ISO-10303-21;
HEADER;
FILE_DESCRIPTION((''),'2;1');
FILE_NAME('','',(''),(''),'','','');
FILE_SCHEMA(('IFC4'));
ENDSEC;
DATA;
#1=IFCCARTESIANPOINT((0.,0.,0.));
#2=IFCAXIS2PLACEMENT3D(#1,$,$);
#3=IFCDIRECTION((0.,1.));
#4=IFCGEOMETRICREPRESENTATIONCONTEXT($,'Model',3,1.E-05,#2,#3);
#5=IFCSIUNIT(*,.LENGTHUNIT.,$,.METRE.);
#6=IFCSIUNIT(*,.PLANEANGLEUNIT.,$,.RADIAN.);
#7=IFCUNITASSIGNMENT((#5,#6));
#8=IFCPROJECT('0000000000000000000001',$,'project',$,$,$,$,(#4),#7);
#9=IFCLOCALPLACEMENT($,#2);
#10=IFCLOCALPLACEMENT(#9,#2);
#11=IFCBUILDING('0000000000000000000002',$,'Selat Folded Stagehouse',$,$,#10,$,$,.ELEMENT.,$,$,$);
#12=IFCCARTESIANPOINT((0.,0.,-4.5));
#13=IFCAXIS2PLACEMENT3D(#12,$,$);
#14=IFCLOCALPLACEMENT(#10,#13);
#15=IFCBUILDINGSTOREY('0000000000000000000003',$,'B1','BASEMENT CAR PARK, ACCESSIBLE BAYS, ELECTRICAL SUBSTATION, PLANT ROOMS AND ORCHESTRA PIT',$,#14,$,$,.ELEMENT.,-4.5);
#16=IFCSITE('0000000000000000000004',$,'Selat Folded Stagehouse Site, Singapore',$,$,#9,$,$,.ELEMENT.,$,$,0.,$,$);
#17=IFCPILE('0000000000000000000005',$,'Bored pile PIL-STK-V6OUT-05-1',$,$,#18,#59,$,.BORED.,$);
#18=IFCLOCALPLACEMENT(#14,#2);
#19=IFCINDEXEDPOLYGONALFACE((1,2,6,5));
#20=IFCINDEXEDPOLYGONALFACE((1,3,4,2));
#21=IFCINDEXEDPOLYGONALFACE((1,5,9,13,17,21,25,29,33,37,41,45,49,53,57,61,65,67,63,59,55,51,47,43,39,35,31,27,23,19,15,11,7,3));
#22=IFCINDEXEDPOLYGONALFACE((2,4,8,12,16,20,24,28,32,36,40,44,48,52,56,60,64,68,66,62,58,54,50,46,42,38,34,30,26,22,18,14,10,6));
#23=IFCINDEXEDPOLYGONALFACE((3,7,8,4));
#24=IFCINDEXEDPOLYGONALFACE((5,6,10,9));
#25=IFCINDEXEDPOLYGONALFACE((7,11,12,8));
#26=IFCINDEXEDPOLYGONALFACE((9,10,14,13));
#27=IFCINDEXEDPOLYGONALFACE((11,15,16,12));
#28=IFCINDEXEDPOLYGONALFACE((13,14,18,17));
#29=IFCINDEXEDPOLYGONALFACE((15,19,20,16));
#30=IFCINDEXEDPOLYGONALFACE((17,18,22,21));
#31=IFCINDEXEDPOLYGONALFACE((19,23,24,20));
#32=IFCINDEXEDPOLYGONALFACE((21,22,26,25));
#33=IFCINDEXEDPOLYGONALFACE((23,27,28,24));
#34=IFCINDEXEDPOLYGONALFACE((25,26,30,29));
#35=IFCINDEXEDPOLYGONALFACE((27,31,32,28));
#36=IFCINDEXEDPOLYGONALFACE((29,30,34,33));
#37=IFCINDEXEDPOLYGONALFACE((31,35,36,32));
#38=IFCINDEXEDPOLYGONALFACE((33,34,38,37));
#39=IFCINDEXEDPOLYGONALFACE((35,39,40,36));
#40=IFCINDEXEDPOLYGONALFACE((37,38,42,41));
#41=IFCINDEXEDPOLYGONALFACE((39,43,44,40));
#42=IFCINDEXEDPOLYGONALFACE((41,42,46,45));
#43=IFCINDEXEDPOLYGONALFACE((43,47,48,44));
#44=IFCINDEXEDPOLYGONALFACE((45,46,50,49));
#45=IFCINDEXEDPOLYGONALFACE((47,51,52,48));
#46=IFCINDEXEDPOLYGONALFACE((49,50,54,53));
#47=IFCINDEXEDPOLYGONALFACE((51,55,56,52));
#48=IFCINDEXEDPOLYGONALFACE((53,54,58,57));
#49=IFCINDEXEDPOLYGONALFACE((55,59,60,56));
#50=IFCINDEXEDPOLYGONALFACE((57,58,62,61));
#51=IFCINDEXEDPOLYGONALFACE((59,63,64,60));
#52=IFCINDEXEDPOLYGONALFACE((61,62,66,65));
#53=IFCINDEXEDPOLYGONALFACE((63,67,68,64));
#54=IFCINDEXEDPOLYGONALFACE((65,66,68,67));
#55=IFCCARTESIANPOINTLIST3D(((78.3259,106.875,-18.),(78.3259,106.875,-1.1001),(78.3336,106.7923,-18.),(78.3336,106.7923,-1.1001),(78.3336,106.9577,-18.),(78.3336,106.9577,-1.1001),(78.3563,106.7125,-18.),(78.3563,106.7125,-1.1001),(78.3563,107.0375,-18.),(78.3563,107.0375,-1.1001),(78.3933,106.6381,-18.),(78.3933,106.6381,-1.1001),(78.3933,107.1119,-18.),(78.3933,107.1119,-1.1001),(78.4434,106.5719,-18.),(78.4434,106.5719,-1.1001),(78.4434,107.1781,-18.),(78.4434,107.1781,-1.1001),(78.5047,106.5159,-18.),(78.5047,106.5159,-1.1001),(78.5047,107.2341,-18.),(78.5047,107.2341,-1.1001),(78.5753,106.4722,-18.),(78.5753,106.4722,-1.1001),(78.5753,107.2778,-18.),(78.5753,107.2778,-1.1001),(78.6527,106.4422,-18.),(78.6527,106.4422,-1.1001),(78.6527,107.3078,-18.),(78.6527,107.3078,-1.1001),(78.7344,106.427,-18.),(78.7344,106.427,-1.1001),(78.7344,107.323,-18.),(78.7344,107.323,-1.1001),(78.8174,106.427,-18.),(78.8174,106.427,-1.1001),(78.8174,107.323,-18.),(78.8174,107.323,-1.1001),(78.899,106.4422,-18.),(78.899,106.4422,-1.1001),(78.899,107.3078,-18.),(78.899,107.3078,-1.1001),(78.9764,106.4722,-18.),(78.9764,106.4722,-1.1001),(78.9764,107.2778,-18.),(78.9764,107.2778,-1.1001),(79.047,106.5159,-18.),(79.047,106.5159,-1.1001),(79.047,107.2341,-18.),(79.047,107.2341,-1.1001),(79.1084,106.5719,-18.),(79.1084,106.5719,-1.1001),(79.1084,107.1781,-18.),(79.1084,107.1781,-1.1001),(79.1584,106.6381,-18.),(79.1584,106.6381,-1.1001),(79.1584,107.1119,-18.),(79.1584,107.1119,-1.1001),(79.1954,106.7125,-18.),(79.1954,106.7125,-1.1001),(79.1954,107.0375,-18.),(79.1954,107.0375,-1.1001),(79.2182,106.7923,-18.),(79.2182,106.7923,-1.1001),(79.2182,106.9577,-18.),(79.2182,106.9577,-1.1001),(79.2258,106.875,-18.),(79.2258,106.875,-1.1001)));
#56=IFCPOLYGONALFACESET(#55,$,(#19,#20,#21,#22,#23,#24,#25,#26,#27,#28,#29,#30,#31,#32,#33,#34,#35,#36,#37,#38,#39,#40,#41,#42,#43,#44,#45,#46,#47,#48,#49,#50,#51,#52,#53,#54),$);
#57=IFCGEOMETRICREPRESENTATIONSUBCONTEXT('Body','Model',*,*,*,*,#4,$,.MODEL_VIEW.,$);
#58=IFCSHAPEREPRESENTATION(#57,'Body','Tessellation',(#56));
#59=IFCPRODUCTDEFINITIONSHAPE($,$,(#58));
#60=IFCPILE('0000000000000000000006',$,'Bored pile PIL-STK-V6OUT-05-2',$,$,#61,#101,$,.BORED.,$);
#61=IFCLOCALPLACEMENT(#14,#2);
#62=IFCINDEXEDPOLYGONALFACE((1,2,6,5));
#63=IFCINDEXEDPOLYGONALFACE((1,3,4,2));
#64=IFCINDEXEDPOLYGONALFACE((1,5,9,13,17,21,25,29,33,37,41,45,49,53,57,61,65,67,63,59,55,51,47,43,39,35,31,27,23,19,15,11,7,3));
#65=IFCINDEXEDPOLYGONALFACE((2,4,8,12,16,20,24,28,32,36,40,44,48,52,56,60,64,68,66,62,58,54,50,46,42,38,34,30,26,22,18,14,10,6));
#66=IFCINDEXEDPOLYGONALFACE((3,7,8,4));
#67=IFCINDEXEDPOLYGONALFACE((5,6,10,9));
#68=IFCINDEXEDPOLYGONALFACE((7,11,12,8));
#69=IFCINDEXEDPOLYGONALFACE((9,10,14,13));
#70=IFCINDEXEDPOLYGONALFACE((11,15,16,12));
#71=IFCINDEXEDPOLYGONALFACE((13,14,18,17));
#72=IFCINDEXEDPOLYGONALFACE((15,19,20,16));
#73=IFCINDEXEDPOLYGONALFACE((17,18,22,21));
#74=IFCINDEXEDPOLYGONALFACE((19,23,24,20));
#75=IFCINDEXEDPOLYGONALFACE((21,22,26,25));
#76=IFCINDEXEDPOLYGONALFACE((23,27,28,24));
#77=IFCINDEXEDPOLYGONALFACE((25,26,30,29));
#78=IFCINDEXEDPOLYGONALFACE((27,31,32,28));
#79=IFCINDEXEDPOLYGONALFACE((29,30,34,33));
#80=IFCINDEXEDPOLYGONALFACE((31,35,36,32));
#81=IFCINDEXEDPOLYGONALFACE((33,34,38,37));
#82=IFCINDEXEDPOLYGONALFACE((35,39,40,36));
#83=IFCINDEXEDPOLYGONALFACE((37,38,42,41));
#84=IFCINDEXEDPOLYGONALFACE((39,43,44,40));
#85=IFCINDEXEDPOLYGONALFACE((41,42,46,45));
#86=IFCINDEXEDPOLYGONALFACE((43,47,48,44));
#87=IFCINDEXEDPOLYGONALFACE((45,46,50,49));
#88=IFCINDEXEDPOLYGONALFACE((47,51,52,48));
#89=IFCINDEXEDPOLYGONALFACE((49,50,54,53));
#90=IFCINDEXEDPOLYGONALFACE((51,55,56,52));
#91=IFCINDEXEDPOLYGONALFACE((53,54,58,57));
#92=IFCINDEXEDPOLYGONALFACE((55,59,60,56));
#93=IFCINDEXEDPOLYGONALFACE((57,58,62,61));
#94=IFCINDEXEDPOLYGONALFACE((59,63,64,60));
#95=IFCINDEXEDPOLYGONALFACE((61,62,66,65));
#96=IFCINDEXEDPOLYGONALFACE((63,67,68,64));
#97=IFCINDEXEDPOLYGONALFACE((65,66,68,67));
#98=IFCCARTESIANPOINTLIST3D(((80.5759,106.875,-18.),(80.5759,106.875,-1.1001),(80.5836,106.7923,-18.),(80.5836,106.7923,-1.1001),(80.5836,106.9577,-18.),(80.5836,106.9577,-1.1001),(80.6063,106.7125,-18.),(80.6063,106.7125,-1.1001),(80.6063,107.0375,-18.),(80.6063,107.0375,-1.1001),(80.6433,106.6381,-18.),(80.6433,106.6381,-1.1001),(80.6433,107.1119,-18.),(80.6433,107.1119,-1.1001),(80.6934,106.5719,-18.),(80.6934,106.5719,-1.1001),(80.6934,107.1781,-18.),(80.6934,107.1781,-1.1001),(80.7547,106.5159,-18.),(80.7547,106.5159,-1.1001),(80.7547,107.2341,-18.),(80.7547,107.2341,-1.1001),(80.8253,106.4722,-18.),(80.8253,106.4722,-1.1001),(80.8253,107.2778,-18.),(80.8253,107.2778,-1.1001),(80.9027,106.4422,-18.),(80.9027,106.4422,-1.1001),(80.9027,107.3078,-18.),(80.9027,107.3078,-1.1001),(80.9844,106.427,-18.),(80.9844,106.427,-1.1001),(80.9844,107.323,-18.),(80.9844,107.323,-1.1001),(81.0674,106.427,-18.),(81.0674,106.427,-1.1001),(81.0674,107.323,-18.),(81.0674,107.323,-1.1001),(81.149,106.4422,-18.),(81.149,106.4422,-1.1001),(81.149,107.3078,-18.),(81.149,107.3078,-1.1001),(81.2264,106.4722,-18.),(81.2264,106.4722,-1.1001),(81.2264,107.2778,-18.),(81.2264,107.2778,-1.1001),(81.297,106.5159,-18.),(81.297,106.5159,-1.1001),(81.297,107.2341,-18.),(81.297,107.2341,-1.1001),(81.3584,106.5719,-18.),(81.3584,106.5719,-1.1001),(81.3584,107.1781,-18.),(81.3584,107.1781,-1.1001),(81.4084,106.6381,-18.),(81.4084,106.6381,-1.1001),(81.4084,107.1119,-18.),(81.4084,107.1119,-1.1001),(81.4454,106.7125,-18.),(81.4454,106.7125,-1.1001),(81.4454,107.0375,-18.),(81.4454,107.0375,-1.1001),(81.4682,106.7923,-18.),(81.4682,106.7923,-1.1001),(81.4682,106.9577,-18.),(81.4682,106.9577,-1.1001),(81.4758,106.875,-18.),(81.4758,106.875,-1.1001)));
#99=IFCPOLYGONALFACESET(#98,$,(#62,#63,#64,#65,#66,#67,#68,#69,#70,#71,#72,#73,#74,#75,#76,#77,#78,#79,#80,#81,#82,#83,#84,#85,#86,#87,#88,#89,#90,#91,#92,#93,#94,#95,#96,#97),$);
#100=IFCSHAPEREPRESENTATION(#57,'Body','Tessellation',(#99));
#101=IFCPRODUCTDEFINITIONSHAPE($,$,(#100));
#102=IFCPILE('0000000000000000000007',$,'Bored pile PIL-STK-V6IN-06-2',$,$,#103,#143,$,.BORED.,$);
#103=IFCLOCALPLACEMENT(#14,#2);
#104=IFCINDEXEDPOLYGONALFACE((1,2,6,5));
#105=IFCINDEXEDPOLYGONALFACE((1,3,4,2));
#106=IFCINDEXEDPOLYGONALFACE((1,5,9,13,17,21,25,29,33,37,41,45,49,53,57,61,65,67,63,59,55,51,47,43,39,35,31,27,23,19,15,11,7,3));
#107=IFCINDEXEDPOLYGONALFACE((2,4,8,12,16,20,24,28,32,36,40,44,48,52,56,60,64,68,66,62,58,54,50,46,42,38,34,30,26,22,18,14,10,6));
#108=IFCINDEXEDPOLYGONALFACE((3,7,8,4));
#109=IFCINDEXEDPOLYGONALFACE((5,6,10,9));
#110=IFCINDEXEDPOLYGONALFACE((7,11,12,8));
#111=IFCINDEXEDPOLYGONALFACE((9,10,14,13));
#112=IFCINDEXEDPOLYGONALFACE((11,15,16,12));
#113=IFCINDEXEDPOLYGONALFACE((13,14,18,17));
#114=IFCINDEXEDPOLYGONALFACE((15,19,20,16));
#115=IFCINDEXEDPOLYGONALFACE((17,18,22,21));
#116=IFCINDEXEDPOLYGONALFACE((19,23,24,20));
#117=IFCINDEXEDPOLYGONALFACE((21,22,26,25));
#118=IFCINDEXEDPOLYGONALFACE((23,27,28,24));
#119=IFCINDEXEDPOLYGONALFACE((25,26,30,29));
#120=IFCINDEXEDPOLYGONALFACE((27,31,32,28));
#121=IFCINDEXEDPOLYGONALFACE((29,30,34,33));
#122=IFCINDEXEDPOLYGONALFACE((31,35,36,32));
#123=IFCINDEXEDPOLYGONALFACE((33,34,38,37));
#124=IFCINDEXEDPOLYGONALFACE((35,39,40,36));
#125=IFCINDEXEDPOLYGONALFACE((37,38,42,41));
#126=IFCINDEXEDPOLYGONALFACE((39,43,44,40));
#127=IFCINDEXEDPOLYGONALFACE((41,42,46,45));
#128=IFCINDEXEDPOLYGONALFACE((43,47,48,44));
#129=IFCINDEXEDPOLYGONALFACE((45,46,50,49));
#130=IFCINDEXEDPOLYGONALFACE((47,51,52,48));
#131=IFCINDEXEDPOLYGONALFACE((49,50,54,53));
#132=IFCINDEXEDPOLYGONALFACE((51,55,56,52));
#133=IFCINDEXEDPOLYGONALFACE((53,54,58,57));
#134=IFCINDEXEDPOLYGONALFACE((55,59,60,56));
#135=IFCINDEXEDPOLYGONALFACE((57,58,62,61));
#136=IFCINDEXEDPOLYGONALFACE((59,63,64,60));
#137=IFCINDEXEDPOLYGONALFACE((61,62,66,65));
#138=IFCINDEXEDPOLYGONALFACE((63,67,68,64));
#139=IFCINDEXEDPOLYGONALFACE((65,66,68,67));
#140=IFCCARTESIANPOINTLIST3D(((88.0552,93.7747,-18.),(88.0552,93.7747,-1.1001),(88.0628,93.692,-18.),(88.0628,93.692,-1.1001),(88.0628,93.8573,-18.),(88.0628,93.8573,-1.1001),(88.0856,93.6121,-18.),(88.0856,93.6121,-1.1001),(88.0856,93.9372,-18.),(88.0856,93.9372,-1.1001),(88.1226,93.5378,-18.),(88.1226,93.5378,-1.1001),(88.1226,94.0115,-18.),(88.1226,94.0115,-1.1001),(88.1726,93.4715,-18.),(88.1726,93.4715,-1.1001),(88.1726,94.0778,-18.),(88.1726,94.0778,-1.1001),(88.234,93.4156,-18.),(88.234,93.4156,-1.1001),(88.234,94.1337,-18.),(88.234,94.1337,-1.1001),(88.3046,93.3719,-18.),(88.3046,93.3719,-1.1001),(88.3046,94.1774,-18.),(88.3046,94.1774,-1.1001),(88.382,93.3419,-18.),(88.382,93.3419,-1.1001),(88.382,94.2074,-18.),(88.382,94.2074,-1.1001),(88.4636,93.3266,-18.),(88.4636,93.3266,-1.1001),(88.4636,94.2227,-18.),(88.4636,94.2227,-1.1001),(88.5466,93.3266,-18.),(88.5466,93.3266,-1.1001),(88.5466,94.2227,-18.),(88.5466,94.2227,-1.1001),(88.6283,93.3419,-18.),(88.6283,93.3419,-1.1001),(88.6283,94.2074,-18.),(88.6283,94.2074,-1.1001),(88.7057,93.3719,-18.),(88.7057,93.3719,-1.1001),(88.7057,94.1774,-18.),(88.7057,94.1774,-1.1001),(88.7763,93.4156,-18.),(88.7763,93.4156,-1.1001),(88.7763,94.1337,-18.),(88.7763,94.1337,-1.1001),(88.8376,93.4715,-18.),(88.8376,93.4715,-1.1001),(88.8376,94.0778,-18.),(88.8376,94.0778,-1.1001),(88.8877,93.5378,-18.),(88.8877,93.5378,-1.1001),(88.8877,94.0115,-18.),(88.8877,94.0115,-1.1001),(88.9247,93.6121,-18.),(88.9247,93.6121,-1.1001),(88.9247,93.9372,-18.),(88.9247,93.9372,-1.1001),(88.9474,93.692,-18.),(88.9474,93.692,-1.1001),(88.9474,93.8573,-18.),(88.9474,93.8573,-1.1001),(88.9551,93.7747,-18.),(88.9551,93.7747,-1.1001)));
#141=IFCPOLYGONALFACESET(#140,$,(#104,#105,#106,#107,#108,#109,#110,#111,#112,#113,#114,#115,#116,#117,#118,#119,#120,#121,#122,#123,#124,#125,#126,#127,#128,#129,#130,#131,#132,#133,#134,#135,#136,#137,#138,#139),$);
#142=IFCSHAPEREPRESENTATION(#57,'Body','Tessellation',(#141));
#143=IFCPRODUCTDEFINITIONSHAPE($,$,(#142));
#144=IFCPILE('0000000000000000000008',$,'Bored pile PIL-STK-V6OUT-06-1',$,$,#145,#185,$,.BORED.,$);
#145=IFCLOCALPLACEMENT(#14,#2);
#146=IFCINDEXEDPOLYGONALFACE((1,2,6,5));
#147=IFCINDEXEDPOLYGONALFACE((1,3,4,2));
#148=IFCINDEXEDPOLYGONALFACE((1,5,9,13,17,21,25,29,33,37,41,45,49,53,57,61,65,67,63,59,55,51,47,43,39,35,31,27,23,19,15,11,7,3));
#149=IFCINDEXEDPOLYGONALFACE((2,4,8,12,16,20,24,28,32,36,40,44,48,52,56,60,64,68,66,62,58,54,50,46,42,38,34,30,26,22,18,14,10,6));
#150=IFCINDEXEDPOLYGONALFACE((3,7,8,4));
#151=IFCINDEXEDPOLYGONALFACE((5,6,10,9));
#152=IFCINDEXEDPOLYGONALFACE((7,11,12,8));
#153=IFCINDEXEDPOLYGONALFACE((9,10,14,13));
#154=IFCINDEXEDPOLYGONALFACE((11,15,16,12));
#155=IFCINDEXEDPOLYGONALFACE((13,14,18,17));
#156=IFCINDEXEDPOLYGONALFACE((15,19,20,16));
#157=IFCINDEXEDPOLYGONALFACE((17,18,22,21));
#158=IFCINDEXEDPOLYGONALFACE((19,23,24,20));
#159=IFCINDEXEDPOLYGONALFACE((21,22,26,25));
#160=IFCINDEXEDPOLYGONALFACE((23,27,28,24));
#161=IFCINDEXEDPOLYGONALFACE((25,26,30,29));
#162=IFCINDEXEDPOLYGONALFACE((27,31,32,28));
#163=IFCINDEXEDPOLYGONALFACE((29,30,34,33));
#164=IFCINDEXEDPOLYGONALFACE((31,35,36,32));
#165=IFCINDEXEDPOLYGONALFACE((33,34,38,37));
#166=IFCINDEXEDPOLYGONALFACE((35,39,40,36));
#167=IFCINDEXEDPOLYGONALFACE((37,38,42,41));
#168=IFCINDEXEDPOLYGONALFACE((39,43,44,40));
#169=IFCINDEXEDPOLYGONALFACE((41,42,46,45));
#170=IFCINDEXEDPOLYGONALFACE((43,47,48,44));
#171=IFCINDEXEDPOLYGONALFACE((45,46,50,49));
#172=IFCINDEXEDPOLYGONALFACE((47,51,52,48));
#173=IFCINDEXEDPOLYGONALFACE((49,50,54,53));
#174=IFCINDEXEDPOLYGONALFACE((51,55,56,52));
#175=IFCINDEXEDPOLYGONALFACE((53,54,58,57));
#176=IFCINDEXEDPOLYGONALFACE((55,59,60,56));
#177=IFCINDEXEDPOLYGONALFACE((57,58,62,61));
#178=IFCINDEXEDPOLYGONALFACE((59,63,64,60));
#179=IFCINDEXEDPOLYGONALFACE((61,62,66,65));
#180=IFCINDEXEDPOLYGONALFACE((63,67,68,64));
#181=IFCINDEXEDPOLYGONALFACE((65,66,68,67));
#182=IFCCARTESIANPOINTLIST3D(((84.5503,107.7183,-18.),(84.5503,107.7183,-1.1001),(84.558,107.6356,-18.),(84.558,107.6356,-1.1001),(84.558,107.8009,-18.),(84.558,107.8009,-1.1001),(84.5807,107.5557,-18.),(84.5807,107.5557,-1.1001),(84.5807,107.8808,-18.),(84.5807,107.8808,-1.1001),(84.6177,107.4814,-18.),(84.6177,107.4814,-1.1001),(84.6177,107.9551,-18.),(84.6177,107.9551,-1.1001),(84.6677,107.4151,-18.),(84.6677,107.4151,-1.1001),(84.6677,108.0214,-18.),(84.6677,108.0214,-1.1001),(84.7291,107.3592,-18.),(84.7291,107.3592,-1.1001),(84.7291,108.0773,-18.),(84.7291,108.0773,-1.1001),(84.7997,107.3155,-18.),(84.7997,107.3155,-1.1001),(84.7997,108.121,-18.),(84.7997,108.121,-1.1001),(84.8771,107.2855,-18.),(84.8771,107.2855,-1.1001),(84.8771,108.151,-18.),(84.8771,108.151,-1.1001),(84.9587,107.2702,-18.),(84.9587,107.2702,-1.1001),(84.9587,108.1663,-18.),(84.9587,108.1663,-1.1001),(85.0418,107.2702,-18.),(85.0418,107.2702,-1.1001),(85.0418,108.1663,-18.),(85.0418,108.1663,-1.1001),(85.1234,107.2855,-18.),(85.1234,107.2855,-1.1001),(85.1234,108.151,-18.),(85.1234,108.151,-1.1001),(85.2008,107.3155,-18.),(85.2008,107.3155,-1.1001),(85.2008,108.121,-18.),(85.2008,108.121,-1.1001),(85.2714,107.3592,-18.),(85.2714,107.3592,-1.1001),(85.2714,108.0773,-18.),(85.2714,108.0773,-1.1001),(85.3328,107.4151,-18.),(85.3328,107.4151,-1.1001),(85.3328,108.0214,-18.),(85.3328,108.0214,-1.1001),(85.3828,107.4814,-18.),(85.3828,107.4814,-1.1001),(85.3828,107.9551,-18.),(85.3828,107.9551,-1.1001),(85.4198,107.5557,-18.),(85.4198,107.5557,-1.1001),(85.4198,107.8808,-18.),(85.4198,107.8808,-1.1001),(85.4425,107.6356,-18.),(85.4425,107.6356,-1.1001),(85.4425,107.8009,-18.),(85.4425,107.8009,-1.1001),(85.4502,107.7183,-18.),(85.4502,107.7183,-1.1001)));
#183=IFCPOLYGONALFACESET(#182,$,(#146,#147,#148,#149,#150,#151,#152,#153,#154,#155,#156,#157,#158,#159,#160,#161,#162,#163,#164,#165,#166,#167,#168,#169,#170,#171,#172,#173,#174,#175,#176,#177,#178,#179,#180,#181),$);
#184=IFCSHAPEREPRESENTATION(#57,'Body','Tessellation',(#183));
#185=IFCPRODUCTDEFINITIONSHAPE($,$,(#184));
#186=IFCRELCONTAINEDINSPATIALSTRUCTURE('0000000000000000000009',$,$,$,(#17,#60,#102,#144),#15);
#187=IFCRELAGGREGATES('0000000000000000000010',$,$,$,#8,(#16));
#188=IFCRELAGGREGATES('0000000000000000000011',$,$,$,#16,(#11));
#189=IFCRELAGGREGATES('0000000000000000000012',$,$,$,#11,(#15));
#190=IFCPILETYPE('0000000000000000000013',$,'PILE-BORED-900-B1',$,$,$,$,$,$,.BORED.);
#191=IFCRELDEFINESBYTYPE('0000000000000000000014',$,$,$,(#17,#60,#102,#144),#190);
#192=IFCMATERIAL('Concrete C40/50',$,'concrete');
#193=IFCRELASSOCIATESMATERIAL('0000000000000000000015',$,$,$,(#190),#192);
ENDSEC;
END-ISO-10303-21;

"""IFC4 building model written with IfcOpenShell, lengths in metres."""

from ifc_helpers import new_model, si_unit, direction, frame, origin, origin_2d, place, context, subcontext, project, spatial, circle, extrude, material, material_profile, profile_set, type_object, element, save


model = new_model("IFC4")

# Units and contexts
model_context = context("Model", 3, precision=1e-05, world=origin(), true_north=direction((0.0, 1.0)))
body_context = subcontext(model_context, "Body", "Model", "MODEL_VIEW")
ifc_project = project(units=[si_unit("LENGTHUNIT", "METRE"), si_unit("PLANEANGLEUNIT", "RADIAN")], contexts=[model_context])

# Site, building, storey
site_placement = place(None, origin())
site = spatial("IfcSite", under=ifc_project, at=site_placement, Name="Selat Folded Stagehouse Site, Singapore", CompositionType="ELEMENT", RefElevation=0.0)
building_placement = place(site_placement, origin())
building = spatial("IfcBuilding", under=site, at=building_placement, Name="Selat Folded Stagehouse", CompositionType="ELEMENT")
storey_placement = place(building_placement, frame((0.0, 0.0, -4.5)))
storey = spatial("IfcBuildingStorey", under=building, at=storey_placement, Name="B1", Description="BASEMENT CAR PARK, ACCESSIBLE BAYS, ELECTRICAL SUBSTATION, PLANT ROOMS AND ORCHESTRA PIT", CompositionType="ELEMENT", Elevation=-4.5)

# Shared definitions
ifc_material_1 = material(Name="Concrete C40/50", Category="concrete")

# Piles
ifc_material_profile_1 = material_profile(ifc_material_1, circle(Radius=0.45, at=origin_2d()), Name="PILE D900")
ifc_profile_set_1 = profile_set([ifc_material_profile_1], Name="Concrete C40/50")
pile_type = type_object("IfcPileType", Name="PILE-BORED-900-B1", PredefinedType="BORED", material=ifc_profile_set_1)
for number, where, z_axis, x_axis, name in (
    (1, (78.7759, 106.875, -1.1001), (0.0, 0.0, -1.0), (1.0, 0.0, 0.0), "Bored pile PIL-STK-V6OUT-05-1"),
    (2, (81.0259, 106.875, -1.1001), (0.0, 0.0, -1.0), (1.0, 0.0, 0.0), "Bored pile PIL-STK-V6OUT-05-2"),
    (3, (88.5051, 93.7747, -1.1001), (0.0, 0.0, -1.0), (1.0, 0.0, 0.0), "Bored pile PIL-STK-V6IN-06-2"),
    (4, (85.0002, 107.7183, -1.1001), (0.0, 0.0, -1.0), (1.0, 0.0, 0.0), "Bored pile PIL-STK-V6OUT-06-1"),
):
    element("IfcPile", number, at=place(storey_placement, frame(where, z_axis=z_axis, x_axis=x_axis)), inside=storey, type_object=pile_type, Name=name, PredefinedType="BORED", context=body_context, shape_type="SweptSolid", body=[
        extrude(circle(Radius=0.45, at=origin_2d()), origin(), (0.0, 0.0, 1.0), 16.8999),
    ])

save(model, "model.ifc")
